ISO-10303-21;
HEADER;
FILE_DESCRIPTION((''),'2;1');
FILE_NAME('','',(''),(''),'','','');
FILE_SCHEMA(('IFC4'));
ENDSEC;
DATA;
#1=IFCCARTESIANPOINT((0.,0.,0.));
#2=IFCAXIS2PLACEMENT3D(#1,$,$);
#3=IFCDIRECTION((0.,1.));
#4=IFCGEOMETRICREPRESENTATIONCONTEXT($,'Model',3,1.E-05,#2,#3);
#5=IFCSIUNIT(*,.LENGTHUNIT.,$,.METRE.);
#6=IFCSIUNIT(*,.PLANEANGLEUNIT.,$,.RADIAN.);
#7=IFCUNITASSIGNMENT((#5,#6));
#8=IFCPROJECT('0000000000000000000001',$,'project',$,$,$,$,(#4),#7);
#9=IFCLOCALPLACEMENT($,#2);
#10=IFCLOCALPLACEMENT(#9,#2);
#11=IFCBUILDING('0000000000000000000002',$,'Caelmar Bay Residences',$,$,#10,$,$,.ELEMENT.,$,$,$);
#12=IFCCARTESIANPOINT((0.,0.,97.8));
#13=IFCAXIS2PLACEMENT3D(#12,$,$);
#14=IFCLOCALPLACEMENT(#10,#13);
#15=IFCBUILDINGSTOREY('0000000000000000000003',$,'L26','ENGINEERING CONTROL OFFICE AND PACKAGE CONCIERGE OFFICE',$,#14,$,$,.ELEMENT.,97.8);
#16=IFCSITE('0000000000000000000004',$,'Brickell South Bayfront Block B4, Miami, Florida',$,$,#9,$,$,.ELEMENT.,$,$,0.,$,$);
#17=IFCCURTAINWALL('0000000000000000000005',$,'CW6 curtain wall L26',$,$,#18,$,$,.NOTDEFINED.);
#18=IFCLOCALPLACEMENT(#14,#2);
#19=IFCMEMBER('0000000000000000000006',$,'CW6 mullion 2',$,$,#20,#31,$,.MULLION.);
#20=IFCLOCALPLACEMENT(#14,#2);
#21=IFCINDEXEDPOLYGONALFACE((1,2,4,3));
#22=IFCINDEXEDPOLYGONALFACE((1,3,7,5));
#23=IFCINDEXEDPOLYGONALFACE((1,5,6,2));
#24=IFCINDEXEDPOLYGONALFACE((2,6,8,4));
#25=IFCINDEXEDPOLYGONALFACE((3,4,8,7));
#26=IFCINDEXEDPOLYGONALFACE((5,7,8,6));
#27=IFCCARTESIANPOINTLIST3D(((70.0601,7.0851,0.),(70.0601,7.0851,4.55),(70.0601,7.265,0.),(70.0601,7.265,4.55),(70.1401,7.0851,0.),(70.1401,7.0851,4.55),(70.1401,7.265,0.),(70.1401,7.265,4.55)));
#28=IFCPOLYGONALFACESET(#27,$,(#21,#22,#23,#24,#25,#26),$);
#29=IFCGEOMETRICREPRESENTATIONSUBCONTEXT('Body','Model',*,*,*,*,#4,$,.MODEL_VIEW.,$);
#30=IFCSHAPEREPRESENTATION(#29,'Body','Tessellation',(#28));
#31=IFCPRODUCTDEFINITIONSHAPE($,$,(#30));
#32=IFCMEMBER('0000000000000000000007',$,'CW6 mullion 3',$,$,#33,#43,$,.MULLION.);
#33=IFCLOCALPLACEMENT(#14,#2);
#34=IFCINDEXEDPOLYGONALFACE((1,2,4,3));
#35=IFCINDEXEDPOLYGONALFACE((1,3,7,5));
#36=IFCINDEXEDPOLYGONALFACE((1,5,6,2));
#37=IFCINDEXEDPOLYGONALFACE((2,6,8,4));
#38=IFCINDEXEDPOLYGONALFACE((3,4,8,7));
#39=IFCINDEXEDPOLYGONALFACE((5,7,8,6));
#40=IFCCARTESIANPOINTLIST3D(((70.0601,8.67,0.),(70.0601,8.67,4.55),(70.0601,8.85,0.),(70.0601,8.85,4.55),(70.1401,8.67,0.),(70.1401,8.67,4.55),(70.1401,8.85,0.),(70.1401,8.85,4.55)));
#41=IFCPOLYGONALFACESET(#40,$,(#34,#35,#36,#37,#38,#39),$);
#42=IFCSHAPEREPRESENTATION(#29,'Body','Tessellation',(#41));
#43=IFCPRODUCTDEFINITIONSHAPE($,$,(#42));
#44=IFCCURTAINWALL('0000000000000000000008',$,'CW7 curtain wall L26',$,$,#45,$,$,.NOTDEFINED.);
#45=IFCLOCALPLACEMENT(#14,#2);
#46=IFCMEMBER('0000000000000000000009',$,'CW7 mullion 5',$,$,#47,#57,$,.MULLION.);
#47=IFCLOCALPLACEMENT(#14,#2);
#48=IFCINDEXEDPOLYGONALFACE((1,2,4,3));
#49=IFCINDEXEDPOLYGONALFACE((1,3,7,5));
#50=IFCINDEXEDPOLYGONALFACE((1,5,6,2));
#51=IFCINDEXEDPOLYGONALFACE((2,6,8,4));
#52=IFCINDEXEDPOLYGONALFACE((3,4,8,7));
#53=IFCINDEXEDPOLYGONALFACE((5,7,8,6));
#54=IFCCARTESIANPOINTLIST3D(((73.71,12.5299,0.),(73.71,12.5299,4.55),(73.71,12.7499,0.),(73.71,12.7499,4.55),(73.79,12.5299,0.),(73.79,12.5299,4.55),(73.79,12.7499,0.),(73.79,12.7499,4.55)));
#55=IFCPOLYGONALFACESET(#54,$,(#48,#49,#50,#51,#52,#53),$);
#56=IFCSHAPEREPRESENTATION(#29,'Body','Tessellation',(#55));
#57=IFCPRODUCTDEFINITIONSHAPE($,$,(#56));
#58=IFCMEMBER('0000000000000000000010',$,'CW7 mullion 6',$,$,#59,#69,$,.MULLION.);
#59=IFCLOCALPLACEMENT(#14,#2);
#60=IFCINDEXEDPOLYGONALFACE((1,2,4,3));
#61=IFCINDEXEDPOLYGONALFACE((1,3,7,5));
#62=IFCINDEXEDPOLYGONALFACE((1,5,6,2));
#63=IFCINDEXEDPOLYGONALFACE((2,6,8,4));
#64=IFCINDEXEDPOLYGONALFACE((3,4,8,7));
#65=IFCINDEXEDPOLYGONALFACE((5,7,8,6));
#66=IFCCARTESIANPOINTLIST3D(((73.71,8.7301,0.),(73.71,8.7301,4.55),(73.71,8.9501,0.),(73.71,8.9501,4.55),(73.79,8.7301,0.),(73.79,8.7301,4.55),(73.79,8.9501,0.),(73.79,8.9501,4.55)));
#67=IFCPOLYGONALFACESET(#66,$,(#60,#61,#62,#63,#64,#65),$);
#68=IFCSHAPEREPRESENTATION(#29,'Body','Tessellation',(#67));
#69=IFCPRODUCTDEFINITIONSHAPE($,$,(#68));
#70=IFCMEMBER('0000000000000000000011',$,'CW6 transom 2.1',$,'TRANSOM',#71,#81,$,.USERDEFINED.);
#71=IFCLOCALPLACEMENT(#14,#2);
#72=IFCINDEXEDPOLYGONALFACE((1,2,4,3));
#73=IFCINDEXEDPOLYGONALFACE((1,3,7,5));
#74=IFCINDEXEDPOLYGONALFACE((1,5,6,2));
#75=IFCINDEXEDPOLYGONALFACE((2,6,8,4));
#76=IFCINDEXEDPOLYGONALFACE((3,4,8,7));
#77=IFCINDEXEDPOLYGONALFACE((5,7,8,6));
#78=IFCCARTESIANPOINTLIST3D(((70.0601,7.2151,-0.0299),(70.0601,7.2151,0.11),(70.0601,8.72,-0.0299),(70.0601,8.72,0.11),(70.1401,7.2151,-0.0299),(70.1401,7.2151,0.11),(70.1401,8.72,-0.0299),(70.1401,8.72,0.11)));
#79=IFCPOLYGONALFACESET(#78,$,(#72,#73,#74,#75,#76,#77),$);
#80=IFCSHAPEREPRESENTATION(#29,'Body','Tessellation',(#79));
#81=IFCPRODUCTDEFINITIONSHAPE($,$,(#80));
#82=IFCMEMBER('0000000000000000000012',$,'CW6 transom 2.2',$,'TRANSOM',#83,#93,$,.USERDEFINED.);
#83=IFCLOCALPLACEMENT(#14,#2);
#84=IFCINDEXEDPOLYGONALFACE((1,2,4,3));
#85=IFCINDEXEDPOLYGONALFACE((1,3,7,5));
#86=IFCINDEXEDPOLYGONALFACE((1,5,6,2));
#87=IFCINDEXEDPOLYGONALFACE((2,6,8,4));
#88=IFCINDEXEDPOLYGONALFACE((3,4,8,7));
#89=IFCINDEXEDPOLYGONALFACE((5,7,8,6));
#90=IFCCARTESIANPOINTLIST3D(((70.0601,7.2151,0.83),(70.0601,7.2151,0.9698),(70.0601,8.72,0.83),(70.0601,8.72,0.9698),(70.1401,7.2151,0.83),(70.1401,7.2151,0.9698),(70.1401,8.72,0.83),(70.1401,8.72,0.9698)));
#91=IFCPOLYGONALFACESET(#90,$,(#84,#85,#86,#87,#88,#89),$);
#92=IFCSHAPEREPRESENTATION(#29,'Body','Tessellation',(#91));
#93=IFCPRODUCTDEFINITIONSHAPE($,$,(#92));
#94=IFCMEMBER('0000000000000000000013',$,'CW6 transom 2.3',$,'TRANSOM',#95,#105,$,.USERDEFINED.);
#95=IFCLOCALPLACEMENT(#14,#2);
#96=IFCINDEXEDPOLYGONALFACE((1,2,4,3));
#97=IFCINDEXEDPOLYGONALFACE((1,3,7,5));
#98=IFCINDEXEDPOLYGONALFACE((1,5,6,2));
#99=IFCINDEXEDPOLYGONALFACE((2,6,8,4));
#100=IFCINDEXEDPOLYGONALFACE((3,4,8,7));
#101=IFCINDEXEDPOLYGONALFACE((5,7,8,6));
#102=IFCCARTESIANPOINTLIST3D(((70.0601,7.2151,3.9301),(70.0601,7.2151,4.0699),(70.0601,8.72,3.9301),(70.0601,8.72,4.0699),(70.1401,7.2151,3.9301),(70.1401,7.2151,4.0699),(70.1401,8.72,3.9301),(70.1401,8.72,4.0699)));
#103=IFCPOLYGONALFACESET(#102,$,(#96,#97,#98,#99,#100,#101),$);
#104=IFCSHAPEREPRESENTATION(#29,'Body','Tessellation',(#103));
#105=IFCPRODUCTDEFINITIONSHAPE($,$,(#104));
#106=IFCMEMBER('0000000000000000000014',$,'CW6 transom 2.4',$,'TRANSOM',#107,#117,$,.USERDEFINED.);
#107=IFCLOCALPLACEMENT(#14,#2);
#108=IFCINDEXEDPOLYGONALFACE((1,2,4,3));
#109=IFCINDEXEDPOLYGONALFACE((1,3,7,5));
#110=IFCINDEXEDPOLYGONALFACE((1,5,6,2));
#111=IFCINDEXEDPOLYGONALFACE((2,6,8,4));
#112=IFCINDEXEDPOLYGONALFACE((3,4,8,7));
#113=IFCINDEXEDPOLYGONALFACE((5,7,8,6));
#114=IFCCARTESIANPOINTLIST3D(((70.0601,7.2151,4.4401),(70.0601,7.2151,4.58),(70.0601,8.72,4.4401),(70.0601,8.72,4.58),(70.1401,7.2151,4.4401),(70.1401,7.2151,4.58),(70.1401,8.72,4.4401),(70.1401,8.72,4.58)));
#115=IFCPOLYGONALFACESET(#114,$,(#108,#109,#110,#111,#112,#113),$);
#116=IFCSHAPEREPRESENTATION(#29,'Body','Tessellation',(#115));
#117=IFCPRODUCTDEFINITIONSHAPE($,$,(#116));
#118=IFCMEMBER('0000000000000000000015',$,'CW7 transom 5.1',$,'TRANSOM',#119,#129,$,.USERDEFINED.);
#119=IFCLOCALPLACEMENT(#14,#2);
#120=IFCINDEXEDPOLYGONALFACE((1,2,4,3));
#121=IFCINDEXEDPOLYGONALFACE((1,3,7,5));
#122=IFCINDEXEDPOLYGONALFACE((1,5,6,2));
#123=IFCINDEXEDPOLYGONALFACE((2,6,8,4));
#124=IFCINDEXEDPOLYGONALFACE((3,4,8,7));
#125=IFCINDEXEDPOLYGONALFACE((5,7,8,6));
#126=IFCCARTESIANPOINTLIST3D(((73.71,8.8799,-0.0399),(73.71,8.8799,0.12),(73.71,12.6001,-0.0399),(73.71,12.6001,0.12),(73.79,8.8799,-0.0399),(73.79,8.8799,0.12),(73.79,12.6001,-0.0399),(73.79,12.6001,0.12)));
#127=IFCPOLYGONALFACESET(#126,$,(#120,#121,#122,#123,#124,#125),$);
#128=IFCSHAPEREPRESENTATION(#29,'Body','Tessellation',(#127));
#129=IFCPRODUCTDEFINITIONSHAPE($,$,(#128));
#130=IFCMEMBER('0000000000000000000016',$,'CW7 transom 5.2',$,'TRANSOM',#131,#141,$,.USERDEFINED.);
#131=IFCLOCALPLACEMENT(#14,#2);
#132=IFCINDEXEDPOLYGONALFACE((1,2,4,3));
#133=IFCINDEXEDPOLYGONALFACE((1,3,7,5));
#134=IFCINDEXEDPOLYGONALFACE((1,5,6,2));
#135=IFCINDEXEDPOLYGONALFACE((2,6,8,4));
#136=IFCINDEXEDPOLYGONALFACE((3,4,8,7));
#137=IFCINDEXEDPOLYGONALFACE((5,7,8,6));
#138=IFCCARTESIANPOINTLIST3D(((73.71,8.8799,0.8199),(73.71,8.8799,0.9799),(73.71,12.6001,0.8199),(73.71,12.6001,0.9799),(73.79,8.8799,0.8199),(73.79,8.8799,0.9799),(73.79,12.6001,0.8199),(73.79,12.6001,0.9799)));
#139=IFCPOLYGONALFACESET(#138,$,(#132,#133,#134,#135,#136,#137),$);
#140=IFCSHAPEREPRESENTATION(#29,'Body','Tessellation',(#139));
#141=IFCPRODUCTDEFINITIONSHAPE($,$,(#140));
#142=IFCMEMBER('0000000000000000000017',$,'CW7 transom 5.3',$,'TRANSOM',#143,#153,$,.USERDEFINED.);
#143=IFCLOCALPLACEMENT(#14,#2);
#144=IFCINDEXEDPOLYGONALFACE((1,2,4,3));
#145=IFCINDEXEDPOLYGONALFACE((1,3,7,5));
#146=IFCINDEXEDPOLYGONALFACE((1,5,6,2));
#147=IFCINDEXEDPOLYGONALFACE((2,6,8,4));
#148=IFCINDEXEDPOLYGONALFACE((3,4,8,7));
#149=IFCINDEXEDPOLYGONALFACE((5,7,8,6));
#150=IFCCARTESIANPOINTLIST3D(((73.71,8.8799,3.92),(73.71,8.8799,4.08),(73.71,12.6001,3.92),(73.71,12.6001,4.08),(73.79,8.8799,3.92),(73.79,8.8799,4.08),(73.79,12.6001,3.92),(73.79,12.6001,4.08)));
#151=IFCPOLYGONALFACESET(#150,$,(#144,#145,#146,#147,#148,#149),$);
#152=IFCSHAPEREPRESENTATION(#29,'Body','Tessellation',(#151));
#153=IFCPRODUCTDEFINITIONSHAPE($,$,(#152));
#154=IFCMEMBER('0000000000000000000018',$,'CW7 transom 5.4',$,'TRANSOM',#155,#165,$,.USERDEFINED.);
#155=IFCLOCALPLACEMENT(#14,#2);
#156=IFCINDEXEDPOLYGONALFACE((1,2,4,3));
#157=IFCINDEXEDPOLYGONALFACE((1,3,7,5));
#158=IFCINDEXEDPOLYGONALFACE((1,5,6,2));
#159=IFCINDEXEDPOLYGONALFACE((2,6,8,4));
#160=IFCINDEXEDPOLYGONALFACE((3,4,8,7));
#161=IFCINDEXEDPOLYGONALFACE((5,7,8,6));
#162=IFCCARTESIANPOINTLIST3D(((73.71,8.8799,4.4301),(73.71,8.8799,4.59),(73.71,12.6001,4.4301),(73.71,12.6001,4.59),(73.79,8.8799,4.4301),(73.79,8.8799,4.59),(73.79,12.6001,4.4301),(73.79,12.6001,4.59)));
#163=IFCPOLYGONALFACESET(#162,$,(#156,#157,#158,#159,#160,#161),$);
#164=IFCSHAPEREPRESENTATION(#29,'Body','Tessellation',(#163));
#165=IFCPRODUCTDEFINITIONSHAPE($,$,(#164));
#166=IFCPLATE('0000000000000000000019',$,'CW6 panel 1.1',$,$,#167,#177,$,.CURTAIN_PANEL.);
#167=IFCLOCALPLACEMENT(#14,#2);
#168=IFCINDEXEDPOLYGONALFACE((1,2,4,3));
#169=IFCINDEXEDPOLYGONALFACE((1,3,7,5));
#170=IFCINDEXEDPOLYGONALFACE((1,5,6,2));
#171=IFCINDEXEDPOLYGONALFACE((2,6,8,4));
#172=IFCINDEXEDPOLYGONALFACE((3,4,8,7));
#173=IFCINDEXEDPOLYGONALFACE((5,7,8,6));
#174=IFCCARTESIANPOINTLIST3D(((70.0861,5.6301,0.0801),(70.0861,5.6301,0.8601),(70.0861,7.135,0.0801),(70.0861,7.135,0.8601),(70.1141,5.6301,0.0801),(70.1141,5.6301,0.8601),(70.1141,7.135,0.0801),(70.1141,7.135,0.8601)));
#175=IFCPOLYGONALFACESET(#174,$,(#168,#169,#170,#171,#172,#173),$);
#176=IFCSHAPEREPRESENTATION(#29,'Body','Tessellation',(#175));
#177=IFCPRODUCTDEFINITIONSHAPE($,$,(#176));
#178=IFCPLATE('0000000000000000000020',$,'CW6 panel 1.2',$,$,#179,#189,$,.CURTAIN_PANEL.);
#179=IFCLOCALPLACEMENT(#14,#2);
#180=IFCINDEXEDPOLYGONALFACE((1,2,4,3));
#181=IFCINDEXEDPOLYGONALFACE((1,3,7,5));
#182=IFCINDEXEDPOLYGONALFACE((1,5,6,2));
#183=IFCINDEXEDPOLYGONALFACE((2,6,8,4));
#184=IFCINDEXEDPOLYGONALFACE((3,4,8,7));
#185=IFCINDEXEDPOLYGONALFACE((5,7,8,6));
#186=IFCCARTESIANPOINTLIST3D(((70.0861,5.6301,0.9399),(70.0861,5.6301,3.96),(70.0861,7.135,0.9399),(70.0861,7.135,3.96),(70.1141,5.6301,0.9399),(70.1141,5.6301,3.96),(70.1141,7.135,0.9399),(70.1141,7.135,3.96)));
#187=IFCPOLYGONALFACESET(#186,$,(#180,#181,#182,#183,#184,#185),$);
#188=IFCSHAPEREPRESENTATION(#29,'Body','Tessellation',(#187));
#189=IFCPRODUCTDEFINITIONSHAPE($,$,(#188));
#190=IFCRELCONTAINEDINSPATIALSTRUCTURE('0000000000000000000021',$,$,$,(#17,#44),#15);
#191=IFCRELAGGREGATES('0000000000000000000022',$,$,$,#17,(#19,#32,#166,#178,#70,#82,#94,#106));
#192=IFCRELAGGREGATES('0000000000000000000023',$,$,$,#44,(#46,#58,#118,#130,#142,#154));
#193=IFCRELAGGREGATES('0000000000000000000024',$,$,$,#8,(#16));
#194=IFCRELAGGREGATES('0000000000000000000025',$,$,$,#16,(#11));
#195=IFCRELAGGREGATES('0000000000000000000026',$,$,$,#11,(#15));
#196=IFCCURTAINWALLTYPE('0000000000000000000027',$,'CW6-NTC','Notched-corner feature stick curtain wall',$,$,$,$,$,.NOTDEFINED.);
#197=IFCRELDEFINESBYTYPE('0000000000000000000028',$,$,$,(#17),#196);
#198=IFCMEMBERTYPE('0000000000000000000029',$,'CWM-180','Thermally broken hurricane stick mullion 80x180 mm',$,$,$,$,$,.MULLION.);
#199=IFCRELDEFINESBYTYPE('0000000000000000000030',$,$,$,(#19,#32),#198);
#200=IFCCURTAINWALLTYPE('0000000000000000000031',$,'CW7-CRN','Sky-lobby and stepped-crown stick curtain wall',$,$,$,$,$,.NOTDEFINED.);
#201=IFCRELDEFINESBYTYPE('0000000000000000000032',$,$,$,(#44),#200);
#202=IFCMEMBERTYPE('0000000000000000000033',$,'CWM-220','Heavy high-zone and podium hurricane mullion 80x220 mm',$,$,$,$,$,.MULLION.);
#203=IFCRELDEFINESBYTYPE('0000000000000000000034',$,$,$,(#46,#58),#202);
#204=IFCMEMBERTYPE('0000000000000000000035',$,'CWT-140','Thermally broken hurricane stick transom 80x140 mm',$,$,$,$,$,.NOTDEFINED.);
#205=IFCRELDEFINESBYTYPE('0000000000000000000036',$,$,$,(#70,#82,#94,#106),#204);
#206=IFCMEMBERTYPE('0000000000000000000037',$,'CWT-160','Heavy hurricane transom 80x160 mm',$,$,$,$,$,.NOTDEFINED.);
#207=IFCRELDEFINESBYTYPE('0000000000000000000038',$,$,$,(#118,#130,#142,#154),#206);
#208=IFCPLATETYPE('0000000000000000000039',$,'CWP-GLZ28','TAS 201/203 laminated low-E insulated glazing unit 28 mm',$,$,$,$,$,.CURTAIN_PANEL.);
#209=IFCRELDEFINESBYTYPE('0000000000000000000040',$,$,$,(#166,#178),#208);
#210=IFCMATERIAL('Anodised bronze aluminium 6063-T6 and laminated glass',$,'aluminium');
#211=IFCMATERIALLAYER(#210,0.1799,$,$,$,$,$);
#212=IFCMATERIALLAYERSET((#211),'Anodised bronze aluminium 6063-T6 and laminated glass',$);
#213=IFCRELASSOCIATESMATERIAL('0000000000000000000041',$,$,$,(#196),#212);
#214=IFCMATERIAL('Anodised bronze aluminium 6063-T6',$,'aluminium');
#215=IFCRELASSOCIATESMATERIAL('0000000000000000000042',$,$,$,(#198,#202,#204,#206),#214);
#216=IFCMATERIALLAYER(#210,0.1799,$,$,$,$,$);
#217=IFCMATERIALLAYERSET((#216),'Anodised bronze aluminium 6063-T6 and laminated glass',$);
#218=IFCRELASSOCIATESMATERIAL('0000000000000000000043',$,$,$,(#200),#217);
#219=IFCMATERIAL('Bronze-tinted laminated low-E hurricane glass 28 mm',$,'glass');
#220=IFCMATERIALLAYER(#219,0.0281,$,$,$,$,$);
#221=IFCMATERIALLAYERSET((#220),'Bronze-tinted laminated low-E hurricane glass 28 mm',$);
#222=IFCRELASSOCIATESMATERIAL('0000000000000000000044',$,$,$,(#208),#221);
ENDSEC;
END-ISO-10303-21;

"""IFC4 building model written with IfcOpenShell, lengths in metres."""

from ifc_helpers import new_model, si_unit, direction, frame, origin, origin_2d, place, context, subcontext, project, spatial, rectangle, extrude, material, layer, layer_set, material_profile, profile_set, type_object, element, aggregate, save


model = new_model("IFC4")

# Units and contexts
model_context = context("Model", 3, precision=1e-05, world=origin(), true_north=direction((0.0, 1.0)))
body_context = subcontext(model_context, "Body", "Model", "MODEL_VIEW")
ifc_project = project(units=[si_unit("LENGTHUNIT", "METRE"), si_unit("PLANEANGLEUNIT", "RADIAN")], contexts=[model_context])

# Site, building, storey
site_placement = place(None, origin())
site = spatial("IfcSite", under=ifc_project, at=site_placement, Name="Brickell South Bayfront Block B4, Miami, Florida", CompositionType="ELEMENT", RefElevation=0.0)
building_placement = place(site_placement, origin())
building = spatial("IfcBuilding", under=site, at=building_placement, Name="Caelmar Bay Residences", CompositionType="ELEMENT")
storey_placement = place(building_placement, frame((0.0, 0.0, 97.8)))
storey = spatial("IfcBuildingStorey", under=building, at=storey_placement, Name="L26", Description="ENGINEERING CONTROL OFFICE AND PACKAGE CONCIERGE OFFICE", CompositionType="ELEMENT", Elevation=97.8)

# Curtain walls, members
ifc_material_1 = material(Name="Anodised bronze aluminium 6063-T6 and laminated glass", Category="aluminium")
ifc_layer_1 = layer(ifc_material_1, 0.1799)
ifc_layer_set_1 = layer_set([ifc_layer_1], Name="Anodised bronze aluminium 6063-T6 and laminated glass")
curtain_wall_type_1 = type_object("IfcCurtainWallType", Name="CW6-NTC", Description="Notched-corner feature stick curtain wall", PredefinedType="NOTDEFINED", material=ifc_layer_set_1)
curtain_wall_1_placement = place(storey_placement, origin())
curtain_wall_1 = element("IfcCurtainWall", 1, at=curtain_wall_1_placement, inside=storey, type_object=curtain_wall_type_1, Name="CW6 curtain wall L26", PredefinedType="NOTDEFINED")
ifc_material_2 = material(Name="Anodised bronze aluminium 6063-T6", Category="aluminium")
ifc_material_profile_1 = material_profile(ifc_material_2, rectangle(XDim=0.0801, YDim=0.1799, at=origin_2d()), Name="CWM-80X180")
ifc_profile_set_1 = profile_set([ifc_material_profile_1], Name="Anodised bronze aluminium 6063-T6")
member_type_1 = type_object("IfcMemberType", Name="CWM-180", Description="Thermally broken hurricane stick mullion 80x180 mm", PredefinedType="MULLION", material=ifc_profile_set_1)
member_1_placement = place(storey_placement, frame((70.1001, 7.175, 0.0), z_axis=(0.0, 0.0, 1.0), x_axis=(-1.0, 0.0, 0.0)))
member_1 = element("IfcMember", 2, at=member_1_placement, type_object=member_type_1, Name="CW6 mullion 2", PredefinedType="MULLION", context=body_context, shape_type="SweptSolid", body=[
    extrude(rectangle(XDim=0.0801, YDim=0.1799, at=origin_2d()), origin(), (0.0, 0.0, 1.0), 4.55),
])
member_2_placement = place(storey_placement, frame((70.1001, 8.76, 0.0), z_axis=(0.0, 0.0, 1.0), x_axis=(-1.0, 0.0, 0.0)))
member_2 = element("IfcMember", 3, at=member_2_placement, type_object=member_type_1, Name="CW6 mullion 3", PredefinedType="MULLION", context=body_context, shape_type="SweptSolid", body=[
    extrude(rectangle(XDim=0.0801, YDim=0.1799, at=origin_2d()), origin(), (0.0, 0.0, 1.0), 4.55),
])
ifc_layer_2 = layer(ifc_material_1, 0.1799)
ifc_layer_set_2 = layer_set([ifc_layer_2], Name="Anodised bronze aluminium 6063-T6 and laminated glass")
curtain_wall_type_2 = type_object("IfcCurtainWallType", Name="CW7-CRN", Description="Sky-lobby and stepped-crown stick curtain wall", PredefinedType="NOTDEFINED", material=ifc_layer_set_2)
curtain_wall_2_placement = place(storey_placement, origin())
curtain_wall_2 = element("IfcCurtainWall", 4, at=curtain_wall_2_placement, inside=storey, type_object=curtain_wall_type_2, Name="CW7 curtain wall L26", PredefinedType="NOTDEFINED")
ifc_material_profile_2 = material_profile(ifc_material_2, rectangle(XDim=0.0801, YDim=0.22, at=origin_2d()), Name="CWM-80X220")
ifc_profile_set_2 = profile_set([ifc_material_profile_2], Name="Anodised bronze aluminium 6063-T6")
member_type_2 = type_object("IfcMemberType", Name="CWM-220", Description="Heavy high-zone and podium hurricane mullion 80x220 mm", PredefinedType="MULLION", material=ifc_profile_set_2)
member_3_placement = place(storey_placement, frame((73.75, 12.6399, 0.0), z_axis=(0.0, 0.0, 1.0), x_axis=(1.0, 0.0, 0.0)))
member_3 = element("IfcMember", 5, at=member_3_placement, type_object=member_type_2, Name="CW7 mullion 5", PredefinedType="MULLION", context=body_context, shape_type="SweptSolid", body=[
    extrude(rectangle(XDim=0.0801, YDim=0.22, at=origin_2d()), origin(), (0.0, 0.0, 1.0), 4.55),
])
member_4_placement = place(storey_placement, frame((73.75, 8.8401, 0.0), z_axis=(0.0, 0.0, 1.0), x_axis=(1.0, 0.0, 0.0)))
member_4 = element("IfcMember", 6, at=member_4_placement, type_object=member_type_2, Name="CW7 mullion 6", PredefinedType="MULLION", context=body_context, shape_type="SweptSolid", body=[
    extrude(rectangle(XDim=0.0801, YDim=0.22, at=origin_2d()), origin(), (0.0, 0.0, 1.0), 4.55),
])

# Members
ifc_material_profile_3 = material_profile(ifc_material_2, rectangle(XDim=0.0801, YDim=0.1399, at=origin_2d()), Name="CWT-80X140")
ifc_profile_set_3 = profile_set([ifc_material_profile_3], Name="Anodised bronze aluminium 6063-T6")
member_type_3 = type_object("IfcMemberType", Name="CWT-140", Description="Thermally broken hurricane stick transom 80x140 mm", PredefinedType="NOTDEFINED", material=ifc_profile_set_3)
member_5_placement = place(storey_placement, frame((70.1001, 7.2151, 0.04), z_axis=(0.0, 1.0, 0.0), x_axis=(-1.0, 0.0, 0.0)))
member_5 = element("IfcMember", 7, at=member_5_placement, type_object=member_type_3, Name="CW6 transom 2.1", ObjectType="TRANSOM", PredefinedType="USERDEFINED", context=body_context, shape_type="SweptSolid", body=[
    extrude(rectangle(XDim=0.0801, YDim=0.1399, at=origin_2d()), origin(), (0.0, 0.0, 1.0), 1.5049),
])
member_6_placement = place(storey_placement, frame((70.1001, 7.2151, 0.8999), z_axis=(0.0, 1.0, 0.0), x_axis=(-1.0, 0.0, 0.0)))
member_6 = element("IfcMember", 8, at=member_6_placement, type_object=member_type_3, Name="CW6 transom 2.2", ObjectType="TRANSOM", PredefinedType="USERDEFINED", context=body_context, shape_type="SweptSolid", body=[
    extrude(rectangle(XDim=0.0801, YDim=0.1399, at=origin_2d()), origin(), (0.0, 0.0, 1.0), 1.5049),
])
member_7_placement = place(storey_placement, frame((70.1001, 7.2151, 4.0), z_axis=(0.0, 1.0, 0.0), x_axis=(-1.0, 0.0, 0.0)))
member_7 = element("IfcMember", 9, at=member_7_placement, type_object=member_type_3, Name="CW6 transom 2.3", ObjectType="TRANSOM", PredefinedType="USERDEFINED", context=body_context, shape_type="SweptSolid", body=[
    extrude(rectangle(XDim=0.0801, YDim=0.1399, at=origin_2d()), origin(), (0.0, 0.0, 1.0), 1.5049),
])
member_8_placement = place(storey_placement, frame((70.1001, 7.2151, 4.51), z_axis=(0.0, 1.0, 0.0), x_axis=(-1.0, 0.0, 0.0)))
member_8 = element("IfcMember", 10, at=member_8_placement, type_object=member_type_3, Name="CW6 transom 2.4", ObjectType="TRANSOM", PredefinedType="USERDEFINED", context=body_context, shape_type="SweptSolid", body=[
    extrude(rectangle(XDim=0.0801, YDim=0.1399, at=origin_2d()), origin(), (0.0, 0.0, 1.0), 1.5049),
])
ifc_material_profile_4 = material_profile(ifc_material_2, rectangle(XDim=0.0801, YDim=0.1599, at=origin_2d()), Name="CWT-80X160")
ifc_profile_set_4 = profile_set([ifc_material_profile_4], Name="Anodised bronze aluminium 6063-T6")
member_type_4 = type_object("IfcMemberType", Name="CWT-160", Description="Heavy hurricane transom 80x160 mm", PredefinedType="NOTDEFINED", material=ifc_profile_set_4)
member_9_placement = place(storey_placement, frame((73.75, 12.6001, 0.04), z_axis=(0.0, -1.0, 0.0), x_axis=(1.0, 0.0, 0.0)))
member_9 = element("IfcMember", 11, at=member_9_placement, type_object=member_type_4, Name="CW7 transom 5.1", ObjectType="TRANSOM", PredefinedType="USERDEFINED", context=body_context, shape_type="SweptSolid", body=[
    extrude(rectangle(XDim=0.0801, YDim=0.1599, at=origin_2d()), origin(), (0.0, 0.0, 1.0), 3.7202),
])
member_10_placement = place(storey_placement, frame((73.75, 12.6001, 0.8999), z_axis=(0.0, -1.0, 0.0), x_axis=(1.0, 0.0, 0.0)))
member_10 = element("IfcMember", 12, at=member_10_placement, type_object=member_type_4, Name="CW7 transom 5.2", ObjectType="TRANSOM", PredefinedType="USERDEFINED", context=body_context, shape_type="SweptSolid", body=[
    extrude(rectangle(XDim=0.0801, YDim=0.1599, at=origin_2d()), origin(), (0.0, 0.0, 1.0), 3.7202),
])
member_11_placement = place(storey_placement, frame((73.75, 12.6001, 4.0), z_axis=(0.0, -1.0, 0.0), x_axis=(1.0, 0.0, 0.0)))
member_11 = element("IfcMember", 13, at=member_11_placement, type_object=member_type_4, Name="CW7 transom 5.3", ObjectType="TRANSOM", PredefinedType="USERDEFINED", context=body_context, shape_type="SweptSolid", body=[
    extrude(rectangle(XDim=0.0801, YDim=0.1599, at=origin_2d()), origin(), (0.0, 0.0, 1.0), 3.7202),
])
member_12_placement = place(storey_placement, frame((73.75, 12.6001, 4.51), z_axis=(0.0, -1.0, 0.0), x_axis=(1.0, 0.0, 0.0)))
member_12 = element("IfcMember", 14, at=member_12_placement, type_object=member_type_4, Name="CW7 transom 5.4", ObjectType="TRANSOM", PredefinedType="USERDEFINED", context=body_context, shape_type="SweptSolid", body=[
    extrude(rectangle(XDim=0.0801, YDim=0.1599, at=origin_2d()), origin(), (0.0, 0.0, 1.0), 3.7202),
])

# Plates
ifc_material_3 = material(Name="Bronze-tinted laminated low-E hurricane glass 28 mm", Category="glass")
ifc_layer_3 = layer(ifc_material_3, 0.0281)
ifc_layer_set_3 = layer_set([ifc_layer_3], Name="Bronze-tinted laminated low-E hurricane glass 28 mm")
plate_type_1 = type_object("IfcPlateType", Name="CWP-GLZ28", Description="TAS 201/203 laminated low-E insulated glazing unit 28 mm", PredefinedType="CURTAIN_PANEL", material=ifc_layer_set_3)
plate_1_placement = place(storey_placement, frame((70.1001, 6.3826, 0.0801), z_axis=(0.0, 0.0, 1.0), x_axis=(0.0, 1.0, 0.0)))
plate_1 = element("IfcPlate", 15, at=plate_1_placement, type_object=plate_type_1, Name="CW6 panel 1.1", PredefinedType="CURTAIN_PANEL", context=body_context, shape_type="SweptSolid", body=[
    extrude(rectangle(XDim=1.5049, YDim=0.0281, at=origin_2d()), origin(), (0.0, 0.0, 1.0), 0.78),
])
plate_2_placement = place(storey_placement, frame((70.1001, 6.3826, 0.9399), z_axis=(0.0, 0.0, 1.0), x_axis=(0.0, 1.0, 0.0)))
plate_2 = element("IfcPlate", 16, at=plate_2_placement, type_object=plate_type_1, Name="CW6 panel 1.2", PredefinedType="CURTAIN_PANEL", context=body_context, shape_type="SweptSolid", body=[
    extrude(rectangle(XDim=1.5049, YDim=0.0281, at=origin_2d()), origin(), (0.0, 0.0, 1.0), 3.02),
])
aggregate(curtain_wall_1, [member_1, member_2, plate_1, plate_2, member_5, member_6, member_7, member_8])
aggregate(curtain_wall_2, [member_3, member_4, member_9, member_10, member_11, member_12])

save(model, "model.ifc")
